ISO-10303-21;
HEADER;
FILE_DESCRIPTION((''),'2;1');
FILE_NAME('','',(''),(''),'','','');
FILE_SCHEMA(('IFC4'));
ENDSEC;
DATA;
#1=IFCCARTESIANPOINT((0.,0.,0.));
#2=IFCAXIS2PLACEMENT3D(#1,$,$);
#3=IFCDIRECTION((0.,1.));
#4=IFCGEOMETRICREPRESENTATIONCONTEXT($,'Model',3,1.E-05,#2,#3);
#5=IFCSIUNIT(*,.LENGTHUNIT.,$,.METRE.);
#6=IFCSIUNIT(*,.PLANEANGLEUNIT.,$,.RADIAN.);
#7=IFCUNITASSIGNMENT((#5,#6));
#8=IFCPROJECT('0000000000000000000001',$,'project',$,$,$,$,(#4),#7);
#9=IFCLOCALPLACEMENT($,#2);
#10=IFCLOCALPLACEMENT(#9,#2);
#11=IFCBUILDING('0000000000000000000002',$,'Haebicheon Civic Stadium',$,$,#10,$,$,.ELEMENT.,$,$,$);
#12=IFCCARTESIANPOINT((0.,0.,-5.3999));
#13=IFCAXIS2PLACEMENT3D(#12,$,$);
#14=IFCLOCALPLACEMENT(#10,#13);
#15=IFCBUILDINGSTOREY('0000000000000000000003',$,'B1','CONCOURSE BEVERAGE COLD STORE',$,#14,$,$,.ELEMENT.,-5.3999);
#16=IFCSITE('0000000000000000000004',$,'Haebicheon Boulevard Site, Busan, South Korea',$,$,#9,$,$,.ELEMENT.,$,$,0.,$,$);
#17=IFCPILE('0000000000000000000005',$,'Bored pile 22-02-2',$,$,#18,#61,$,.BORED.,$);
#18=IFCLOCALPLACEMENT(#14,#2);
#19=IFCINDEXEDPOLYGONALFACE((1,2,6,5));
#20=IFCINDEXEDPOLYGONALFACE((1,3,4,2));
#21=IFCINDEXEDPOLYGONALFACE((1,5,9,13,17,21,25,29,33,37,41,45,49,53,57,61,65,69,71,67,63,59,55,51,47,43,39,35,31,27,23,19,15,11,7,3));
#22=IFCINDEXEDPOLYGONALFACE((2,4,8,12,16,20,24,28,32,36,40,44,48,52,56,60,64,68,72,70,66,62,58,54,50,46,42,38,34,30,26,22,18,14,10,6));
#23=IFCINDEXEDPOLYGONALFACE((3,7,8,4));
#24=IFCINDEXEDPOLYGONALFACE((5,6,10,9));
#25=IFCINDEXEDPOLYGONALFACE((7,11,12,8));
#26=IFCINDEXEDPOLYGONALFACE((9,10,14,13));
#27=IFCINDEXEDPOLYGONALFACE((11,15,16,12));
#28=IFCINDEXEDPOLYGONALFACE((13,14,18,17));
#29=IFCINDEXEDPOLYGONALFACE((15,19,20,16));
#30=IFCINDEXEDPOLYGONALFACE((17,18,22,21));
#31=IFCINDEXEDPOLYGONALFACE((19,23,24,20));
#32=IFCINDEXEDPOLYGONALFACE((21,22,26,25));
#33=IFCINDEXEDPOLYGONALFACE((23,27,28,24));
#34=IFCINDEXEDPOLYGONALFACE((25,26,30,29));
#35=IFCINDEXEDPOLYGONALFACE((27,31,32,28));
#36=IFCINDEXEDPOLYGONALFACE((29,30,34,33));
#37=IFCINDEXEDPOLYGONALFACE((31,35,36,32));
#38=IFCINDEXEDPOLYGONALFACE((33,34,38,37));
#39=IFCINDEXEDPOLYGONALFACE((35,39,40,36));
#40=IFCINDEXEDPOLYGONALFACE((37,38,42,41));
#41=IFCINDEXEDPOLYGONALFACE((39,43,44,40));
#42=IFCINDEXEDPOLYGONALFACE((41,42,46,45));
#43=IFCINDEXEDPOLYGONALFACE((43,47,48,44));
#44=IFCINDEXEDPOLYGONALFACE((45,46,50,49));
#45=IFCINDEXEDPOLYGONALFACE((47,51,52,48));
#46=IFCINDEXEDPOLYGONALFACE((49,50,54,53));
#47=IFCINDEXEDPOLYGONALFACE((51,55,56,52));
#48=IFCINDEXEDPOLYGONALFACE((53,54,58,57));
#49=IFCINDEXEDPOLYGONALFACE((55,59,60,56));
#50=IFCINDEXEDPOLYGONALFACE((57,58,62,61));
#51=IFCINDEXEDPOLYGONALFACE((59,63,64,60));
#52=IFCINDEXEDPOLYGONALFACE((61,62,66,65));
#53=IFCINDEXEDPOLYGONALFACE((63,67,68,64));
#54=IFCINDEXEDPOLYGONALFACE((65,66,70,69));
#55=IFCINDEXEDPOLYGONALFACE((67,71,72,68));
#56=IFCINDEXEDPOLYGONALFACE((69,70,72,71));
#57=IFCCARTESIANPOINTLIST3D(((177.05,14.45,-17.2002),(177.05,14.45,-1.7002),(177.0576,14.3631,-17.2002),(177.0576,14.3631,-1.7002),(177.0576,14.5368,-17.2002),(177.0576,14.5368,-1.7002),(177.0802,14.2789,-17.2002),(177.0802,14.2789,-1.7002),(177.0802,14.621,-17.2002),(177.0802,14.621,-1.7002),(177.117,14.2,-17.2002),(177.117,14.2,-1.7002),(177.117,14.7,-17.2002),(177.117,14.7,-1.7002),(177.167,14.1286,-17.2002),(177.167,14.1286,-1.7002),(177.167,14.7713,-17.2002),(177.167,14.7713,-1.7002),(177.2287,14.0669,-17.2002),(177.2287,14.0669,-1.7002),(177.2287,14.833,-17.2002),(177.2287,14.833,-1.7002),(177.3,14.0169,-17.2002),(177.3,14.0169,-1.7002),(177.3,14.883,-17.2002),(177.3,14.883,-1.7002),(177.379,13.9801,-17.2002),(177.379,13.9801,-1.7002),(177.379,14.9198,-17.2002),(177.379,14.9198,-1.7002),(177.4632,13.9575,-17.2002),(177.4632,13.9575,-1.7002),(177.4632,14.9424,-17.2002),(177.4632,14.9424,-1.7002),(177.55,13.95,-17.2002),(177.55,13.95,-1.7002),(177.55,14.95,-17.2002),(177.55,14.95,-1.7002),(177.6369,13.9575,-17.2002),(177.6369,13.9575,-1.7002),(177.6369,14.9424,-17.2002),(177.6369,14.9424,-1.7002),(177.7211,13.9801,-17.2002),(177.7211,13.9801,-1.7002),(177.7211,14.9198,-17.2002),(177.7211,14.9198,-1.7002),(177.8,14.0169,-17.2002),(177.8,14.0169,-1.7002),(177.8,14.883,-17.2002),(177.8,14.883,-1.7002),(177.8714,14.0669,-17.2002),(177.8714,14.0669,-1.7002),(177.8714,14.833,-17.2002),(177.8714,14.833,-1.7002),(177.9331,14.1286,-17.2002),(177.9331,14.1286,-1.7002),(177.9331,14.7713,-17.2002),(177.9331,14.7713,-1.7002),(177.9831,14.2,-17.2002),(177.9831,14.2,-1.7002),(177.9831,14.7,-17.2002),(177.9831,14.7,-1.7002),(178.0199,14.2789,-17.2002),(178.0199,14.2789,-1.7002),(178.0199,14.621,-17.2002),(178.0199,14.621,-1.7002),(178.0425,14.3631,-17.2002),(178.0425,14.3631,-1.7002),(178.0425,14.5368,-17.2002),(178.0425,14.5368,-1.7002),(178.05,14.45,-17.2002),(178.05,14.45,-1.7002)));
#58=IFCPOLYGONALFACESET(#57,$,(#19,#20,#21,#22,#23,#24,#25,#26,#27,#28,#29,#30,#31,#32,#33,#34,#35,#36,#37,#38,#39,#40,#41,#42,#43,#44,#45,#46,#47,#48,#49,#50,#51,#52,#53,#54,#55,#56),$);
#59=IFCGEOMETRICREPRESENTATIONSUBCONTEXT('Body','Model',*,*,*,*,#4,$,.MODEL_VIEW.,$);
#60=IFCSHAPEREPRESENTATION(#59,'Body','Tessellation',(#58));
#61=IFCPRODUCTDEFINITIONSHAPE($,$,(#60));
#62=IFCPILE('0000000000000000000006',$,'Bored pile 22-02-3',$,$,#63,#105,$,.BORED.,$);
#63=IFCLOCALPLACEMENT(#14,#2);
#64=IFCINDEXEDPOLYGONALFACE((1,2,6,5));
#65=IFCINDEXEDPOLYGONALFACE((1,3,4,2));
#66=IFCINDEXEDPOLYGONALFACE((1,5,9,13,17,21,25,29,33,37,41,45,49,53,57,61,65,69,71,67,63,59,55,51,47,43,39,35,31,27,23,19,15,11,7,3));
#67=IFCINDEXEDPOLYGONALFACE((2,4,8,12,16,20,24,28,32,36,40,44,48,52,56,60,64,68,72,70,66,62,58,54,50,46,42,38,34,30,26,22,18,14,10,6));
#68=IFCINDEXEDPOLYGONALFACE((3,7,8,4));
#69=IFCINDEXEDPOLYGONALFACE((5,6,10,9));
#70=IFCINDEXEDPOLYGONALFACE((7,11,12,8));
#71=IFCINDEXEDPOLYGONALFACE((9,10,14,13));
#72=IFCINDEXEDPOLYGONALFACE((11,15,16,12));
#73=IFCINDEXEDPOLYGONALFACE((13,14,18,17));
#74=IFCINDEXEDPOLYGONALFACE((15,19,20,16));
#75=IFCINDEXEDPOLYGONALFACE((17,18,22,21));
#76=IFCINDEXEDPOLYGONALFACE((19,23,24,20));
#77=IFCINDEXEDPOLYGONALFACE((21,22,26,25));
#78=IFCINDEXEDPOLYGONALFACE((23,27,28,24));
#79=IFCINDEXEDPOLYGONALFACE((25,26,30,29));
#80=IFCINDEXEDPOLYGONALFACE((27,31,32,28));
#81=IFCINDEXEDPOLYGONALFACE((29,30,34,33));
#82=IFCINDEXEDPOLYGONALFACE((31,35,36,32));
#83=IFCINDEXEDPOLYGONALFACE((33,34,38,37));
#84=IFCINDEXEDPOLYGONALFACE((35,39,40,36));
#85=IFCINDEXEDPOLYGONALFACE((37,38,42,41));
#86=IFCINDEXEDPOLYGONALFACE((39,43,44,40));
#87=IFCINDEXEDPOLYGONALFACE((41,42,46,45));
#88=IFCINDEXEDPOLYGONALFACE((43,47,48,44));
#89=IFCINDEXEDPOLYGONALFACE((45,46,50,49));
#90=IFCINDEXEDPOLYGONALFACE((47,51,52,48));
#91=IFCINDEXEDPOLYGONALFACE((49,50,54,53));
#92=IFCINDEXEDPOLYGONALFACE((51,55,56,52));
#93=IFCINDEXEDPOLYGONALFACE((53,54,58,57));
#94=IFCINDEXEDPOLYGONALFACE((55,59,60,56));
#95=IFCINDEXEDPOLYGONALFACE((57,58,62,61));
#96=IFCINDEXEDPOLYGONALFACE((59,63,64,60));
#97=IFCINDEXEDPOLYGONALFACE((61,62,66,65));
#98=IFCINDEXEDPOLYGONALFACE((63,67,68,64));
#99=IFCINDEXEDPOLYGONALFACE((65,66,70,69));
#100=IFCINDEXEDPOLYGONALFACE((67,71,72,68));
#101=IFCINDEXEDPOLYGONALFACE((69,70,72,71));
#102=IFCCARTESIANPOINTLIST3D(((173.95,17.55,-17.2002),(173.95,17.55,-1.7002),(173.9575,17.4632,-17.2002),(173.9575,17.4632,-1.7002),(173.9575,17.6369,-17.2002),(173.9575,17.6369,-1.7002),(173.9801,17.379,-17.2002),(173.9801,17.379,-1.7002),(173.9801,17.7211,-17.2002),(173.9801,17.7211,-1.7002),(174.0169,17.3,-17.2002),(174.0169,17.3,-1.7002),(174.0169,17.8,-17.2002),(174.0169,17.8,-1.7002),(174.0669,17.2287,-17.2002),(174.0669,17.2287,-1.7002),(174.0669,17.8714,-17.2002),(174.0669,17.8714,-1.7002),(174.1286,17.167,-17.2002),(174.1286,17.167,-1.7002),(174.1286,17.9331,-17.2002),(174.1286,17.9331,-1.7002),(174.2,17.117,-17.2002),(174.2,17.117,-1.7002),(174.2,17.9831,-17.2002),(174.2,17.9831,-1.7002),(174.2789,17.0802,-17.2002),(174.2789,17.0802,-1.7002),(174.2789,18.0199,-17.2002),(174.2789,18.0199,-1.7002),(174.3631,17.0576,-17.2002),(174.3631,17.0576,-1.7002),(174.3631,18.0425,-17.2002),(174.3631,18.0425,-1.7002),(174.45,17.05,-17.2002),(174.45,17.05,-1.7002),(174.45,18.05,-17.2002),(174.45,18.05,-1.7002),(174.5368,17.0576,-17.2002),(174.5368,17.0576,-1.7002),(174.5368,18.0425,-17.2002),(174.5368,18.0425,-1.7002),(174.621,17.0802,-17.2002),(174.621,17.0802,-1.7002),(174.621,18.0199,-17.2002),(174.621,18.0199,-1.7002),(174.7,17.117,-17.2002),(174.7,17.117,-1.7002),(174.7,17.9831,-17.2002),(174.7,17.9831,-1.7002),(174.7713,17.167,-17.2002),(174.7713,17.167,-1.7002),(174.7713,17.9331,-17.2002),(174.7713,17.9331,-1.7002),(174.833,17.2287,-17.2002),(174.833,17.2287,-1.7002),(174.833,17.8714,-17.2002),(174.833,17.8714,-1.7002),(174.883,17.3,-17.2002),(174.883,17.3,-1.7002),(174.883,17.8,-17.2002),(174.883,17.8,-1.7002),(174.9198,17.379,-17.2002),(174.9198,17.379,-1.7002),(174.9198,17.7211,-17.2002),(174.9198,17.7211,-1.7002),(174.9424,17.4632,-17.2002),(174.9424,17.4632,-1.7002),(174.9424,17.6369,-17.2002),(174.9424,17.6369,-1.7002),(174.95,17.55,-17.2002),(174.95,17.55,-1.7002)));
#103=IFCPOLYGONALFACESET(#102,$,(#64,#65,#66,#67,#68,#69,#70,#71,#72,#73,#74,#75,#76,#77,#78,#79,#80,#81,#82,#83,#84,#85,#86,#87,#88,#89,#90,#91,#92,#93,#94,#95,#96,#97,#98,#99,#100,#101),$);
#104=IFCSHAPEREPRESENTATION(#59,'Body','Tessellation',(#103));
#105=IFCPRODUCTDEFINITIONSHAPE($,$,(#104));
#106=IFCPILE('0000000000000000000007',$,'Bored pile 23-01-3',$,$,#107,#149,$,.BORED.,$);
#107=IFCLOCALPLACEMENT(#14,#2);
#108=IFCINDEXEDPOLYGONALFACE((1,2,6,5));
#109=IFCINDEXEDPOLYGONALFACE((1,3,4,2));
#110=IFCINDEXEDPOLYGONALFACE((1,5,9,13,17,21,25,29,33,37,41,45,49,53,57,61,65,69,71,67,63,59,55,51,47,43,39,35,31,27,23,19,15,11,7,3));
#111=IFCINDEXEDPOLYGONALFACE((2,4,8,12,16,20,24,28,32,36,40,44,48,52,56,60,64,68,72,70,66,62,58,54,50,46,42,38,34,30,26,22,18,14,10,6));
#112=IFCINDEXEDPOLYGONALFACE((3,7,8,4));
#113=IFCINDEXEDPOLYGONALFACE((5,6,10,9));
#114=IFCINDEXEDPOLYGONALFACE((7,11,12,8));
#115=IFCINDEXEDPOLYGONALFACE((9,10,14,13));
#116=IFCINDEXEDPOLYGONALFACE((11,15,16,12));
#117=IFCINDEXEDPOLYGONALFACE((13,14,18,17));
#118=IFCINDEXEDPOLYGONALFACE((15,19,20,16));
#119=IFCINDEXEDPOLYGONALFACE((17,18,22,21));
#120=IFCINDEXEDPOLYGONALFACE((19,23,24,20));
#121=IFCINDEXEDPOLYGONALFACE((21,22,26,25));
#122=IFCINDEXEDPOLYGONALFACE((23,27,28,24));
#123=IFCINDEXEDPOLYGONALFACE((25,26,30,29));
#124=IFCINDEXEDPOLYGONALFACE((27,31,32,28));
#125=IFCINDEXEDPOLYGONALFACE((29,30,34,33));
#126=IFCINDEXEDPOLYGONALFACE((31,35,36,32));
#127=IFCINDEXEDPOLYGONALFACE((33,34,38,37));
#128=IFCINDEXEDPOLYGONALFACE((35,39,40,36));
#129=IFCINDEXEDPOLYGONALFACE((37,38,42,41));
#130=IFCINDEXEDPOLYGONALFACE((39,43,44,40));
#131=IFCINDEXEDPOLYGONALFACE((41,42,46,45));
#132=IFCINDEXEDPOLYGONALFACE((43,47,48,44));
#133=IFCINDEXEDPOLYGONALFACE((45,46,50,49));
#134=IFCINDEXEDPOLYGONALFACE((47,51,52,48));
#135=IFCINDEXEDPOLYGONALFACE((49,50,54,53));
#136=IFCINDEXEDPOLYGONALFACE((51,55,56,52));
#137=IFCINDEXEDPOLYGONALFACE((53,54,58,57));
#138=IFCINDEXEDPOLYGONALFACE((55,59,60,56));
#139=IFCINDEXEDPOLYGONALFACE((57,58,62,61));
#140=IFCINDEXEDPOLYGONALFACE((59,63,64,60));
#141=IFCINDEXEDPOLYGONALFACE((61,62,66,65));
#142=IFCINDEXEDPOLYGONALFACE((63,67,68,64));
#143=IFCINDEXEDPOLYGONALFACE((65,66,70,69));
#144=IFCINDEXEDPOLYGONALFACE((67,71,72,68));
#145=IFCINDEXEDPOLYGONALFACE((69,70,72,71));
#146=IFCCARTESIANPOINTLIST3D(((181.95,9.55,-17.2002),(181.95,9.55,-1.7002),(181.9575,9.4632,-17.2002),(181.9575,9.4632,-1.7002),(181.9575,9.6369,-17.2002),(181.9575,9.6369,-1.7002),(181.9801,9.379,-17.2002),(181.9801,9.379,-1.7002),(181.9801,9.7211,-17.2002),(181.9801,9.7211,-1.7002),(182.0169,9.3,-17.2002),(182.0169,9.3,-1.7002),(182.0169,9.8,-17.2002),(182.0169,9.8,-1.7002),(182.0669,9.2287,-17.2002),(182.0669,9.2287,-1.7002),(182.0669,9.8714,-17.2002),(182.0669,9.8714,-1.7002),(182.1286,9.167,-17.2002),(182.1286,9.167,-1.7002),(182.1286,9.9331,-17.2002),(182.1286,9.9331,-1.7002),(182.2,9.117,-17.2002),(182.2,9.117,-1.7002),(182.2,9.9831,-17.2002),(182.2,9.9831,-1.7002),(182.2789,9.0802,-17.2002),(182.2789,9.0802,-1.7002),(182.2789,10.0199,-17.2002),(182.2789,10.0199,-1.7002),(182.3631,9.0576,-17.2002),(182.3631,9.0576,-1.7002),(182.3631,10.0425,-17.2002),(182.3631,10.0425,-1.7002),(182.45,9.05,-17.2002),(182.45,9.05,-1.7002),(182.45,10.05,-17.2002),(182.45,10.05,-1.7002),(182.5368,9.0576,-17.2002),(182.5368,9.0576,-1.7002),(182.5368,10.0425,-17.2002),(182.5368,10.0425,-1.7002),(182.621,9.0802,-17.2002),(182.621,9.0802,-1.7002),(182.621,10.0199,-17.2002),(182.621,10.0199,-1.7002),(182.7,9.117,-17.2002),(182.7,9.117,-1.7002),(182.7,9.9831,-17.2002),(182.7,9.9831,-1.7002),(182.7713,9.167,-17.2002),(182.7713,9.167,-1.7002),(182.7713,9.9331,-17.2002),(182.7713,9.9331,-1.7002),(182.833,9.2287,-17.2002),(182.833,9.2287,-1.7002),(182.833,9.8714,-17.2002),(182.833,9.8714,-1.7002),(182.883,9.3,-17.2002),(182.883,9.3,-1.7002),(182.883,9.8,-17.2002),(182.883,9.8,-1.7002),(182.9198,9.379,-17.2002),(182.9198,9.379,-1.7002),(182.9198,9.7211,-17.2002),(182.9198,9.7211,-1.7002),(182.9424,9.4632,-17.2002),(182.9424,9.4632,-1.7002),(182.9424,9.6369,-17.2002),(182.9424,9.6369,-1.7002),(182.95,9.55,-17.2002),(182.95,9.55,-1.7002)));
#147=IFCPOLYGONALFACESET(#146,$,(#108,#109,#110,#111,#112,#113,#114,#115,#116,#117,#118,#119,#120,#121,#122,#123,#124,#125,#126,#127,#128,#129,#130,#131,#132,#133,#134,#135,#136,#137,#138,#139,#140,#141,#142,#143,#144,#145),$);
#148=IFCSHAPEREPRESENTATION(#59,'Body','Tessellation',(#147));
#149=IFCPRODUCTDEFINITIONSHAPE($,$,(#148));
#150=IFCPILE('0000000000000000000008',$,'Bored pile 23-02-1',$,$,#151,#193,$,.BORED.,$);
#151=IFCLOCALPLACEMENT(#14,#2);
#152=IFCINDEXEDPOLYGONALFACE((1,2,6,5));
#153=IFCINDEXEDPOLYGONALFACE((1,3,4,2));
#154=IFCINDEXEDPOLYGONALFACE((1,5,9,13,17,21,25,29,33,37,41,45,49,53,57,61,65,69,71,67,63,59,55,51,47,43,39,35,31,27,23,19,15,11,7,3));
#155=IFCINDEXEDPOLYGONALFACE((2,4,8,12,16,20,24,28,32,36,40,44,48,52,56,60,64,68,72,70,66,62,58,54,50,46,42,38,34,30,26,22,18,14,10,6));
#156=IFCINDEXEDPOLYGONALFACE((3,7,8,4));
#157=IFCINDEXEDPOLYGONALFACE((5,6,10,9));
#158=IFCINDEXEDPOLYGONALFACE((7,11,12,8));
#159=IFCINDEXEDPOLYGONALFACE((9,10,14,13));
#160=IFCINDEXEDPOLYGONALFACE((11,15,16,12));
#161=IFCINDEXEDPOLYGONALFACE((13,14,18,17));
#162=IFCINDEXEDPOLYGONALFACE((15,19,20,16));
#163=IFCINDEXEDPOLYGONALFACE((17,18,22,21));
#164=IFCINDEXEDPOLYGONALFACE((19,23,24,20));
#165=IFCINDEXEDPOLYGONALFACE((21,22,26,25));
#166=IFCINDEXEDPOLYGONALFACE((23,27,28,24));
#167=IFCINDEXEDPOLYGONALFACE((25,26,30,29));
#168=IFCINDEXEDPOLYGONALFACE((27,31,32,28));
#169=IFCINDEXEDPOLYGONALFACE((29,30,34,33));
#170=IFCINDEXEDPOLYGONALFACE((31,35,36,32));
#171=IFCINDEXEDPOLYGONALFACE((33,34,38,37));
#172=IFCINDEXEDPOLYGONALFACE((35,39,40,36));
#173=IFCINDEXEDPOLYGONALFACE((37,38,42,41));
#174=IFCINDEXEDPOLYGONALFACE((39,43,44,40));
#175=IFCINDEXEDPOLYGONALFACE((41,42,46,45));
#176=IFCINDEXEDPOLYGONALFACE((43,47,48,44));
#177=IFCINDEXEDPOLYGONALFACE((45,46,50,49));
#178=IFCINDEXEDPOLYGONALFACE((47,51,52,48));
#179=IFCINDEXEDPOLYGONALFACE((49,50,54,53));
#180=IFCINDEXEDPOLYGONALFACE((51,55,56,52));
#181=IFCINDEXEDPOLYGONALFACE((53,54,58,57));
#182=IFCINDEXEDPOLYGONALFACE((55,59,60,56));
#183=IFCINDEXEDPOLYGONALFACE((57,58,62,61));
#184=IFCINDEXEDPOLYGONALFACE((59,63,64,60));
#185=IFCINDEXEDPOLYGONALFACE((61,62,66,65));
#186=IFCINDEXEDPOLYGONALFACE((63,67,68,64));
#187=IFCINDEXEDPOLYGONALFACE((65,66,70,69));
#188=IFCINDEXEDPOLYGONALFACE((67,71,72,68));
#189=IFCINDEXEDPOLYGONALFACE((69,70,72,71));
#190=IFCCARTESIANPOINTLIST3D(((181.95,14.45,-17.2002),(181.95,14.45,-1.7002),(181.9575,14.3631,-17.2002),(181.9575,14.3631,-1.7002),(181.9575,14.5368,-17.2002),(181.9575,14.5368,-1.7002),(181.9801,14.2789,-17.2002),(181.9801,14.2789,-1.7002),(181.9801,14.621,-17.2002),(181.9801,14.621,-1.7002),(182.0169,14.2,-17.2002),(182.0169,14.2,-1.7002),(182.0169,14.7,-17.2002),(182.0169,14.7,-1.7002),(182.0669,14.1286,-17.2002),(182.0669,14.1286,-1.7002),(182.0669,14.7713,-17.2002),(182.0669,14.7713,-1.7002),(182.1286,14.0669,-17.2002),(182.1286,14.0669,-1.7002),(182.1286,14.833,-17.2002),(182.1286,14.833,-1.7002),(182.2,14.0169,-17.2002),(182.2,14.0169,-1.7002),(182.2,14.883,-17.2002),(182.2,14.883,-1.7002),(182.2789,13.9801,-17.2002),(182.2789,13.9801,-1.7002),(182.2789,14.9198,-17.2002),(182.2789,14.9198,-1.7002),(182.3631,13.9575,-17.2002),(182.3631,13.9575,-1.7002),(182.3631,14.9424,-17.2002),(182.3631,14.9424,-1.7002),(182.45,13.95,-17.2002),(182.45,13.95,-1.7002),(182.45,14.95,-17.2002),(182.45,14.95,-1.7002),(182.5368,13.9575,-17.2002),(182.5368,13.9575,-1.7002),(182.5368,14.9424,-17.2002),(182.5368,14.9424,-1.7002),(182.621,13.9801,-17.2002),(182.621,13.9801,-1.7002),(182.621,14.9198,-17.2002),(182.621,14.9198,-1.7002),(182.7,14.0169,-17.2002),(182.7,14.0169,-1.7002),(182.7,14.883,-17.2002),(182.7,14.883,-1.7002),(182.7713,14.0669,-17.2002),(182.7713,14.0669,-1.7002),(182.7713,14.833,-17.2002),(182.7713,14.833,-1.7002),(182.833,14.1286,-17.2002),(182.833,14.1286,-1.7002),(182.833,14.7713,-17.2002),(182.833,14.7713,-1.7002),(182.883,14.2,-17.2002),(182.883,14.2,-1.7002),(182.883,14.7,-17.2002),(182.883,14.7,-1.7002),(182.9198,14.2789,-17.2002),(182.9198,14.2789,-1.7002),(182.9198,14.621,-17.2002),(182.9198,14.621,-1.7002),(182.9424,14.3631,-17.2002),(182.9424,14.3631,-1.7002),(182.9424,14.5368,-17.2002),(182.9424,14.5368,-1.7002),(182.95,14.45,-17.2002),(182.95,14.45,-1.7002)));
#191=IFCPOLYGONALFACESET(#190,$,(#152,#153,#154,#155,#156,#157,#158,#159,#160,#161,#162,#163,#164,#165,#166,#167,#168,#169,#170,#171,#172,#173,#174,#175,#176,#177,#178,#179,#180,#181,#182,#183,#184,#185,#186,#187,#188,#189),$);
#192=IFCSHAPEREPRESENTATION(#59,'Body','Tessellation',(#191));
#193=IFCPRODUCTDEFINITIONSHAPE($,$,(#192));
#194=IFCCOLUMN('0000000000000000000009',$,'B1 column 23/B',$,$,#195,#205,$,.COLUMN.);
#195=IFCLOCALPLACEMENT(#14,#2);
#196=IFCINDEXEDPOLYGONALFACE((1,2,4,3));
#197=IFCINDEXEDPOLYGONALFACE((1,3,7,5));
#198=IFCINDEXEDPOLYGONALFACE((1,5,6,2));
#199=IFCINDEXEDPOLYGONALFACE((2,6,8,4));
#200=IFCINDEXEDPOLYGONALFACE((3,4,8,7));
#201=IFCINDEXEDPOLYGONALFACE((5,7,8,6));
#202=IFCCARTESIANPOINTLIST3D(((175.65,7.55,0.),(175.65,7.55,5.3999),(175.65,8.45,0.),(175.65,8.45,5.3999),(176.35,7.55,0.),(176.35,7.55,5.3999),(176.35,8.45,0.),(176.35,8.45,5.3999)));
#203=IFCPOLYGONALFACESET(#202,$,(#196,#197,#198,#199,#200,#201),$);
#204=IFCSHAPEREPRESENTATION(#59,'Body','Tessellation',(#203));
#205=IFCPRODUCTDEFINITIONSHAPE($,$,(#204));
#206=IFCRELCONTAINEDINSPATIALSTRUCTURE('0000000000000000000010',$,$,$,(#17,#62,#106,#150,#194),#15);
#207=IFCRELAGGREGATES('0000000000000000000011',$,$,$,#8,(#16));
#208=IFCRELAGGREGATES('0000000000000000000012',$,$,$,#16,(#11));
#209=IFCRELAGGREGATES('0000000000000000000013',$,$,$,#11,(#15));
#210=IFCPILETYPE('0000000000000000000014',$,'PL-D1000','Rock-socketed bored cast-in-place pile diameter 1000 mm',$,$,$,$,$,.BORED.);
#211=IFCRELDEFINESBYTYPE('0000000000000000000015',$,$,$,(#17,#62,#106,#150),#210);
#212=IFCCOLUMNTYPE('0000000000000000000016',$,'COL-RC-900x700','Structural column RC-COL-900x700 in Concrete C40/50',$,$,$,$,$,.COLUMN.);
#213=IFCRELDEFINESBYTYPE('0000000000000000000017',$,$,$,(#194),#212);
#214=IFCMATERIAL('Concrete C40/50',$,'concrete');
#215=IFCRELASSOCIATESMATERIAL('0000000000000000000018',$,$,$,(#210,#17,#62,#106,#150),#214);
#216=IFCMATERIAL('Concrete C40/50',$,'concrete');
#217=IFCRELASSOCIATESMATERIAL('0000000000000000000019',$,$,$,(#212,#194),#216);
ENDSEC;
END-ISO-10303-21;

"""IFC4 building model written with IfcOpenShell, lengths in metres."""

from ifc_helpers import new_model, si_unit, direction, frame, origin, origin_2d, place, context, subcontext, project, spatial, rectangle, circle, extrude, material, material_profile, profile_set, type_object, element, save


model = new_model("IFC4")

# Units and contexts
model_context = context("Model", 3, precision=1e-05, world=origin(), true_north=direction((0.0, 1.0)))
body_context = subcontext(model_context, "Body", "Model", "MODEL_VIEW")
ifc_project = project(units=[si_unit("LENGTHUNIT", "METRE"), si_unit("PLANEANGLEUNIT", "RADIAN")], contexts=[model_context])

# Site, building, storey
site_placement = place(None, origin())
site = spatial("IfcSite", under=ifc_project, at=site_placement, Name="Haebicheon Boulevard Site, Busan, South Korea", CompositionType="ELEMENT", RefElevation=0.0)
building_placement = place(site_placement, origin())
building = spatial("IfcBuilding", under=site, at=building_placement, Name="Haebicheon Civic Stadium", CompositionType="ELEMENT")
storey_placement = place(building_placement, frame((0.0, 0.0, -5.3999)))
storey = spatial("IfcBuildingStorey", under=building, at=storey_placement, Name="B1", Description="CONCOURSE BEVERAGE COLD STORE", CompositionType="ELEMENT", Elevation=-5.3999)

# Piles
ifc_material_1 = material(Name="Concrete C40/50", Category="concrete")
ifc_material_profile_1 = material_profile(ifc_material_1, circle(Radius=0.5, at=origin_2d()), Name="PILE-D1000")
ifc_profile_set_1 = profile_set([ifc_material_profile_1], Name="Concrete C40/50")
pile_type = type_object("IfcPileType", Name="PL-D1000", Description="Rock-socketed bored cast-in-place pile diameter 1000 mm", PredefinedType="BORED", material=ifc_profile_set_1)
for number, where, z_axis, x_axis, name in (
    (1, (177.55, 14.45, -1.7002), (0.0, 0.0, -1.0), (1.0, 0.0, 0.0), "Bored pile 22-02-2"),
    (2, (174.45, 17.55, -1.7002), (0.0, 0.0, -1.0), (1.0, 0.0, 0.0), "Bored pile 22-02-3"),
    (3, (182.45, 9.55, -1.7002), (0.0, 0.0, -1.0), (1.0, 0.0, 0.0), "Bored pile 23-01-3"),
    (4, (182.45, 14.45, -1.7002), (0.0, 0.0, -1.0), (1.0, 0.0, 0.0), "Bored pile 23-02-1"),
):
    element("IfcPile", number, at=place(storey_placement, frame(where, z_axis=z_axis, x_axis=x_axis)), inside=storey, type_object=pile_type, material=ifc_profile_set_1, Name=name, PredefinedType="BORED", context=body_context, shape_type="SweptSolid", body=[
        extrude(circle(Radius=0.5, at=origin_2d()), origin(), (0.0, 0.0, 1.0), 15.5),
    ])

# Column
ifc_material_2 = material(Name="Concrete C40/50", Category="concrete")
ifc_material_profile_2 = material_profile(ifc_material_2, rectangle(XDim=0.7, YDim=0.8999, at=origin_2d()), Name="RC-COL-900x700")
ifc_profile_set_2 = profile_set([ifc_material_profile_2], Name="Concrete C40/50")
column_type = type_object("IfcColumnType", Name="COL-RC-900x700", Description="Structural column RC-COL-900x700 in Concrete C40/50", PredefinedType="COLUMN", material=ifc_profile_set_2)
for number, where, z_axis, x_axis, name in (
    (5, (176.0, 8.0, 0.0), (0.0, 0.0, 1.0), (1.0, 0.0, 0.0), "B1 column 23/B"),
):
    element("IfcColumn", number, at=place(storey_placement, frame(where, z_axis=z_axis, x_axis=x_axis)), inside=storey, type_object=column_type, material=ifc_profile_set_2, Name=name, PredefinedType="COLUMN", context=body_context, shape_type="SweptSolid", body=[
        extrude(rectangle(XDim=0.7, YDim=0.8999, at=origin_2d()), origin(), (0.0, 0.0, 1.0), 5.3999),
    ])

save(model, "model.ifc")
